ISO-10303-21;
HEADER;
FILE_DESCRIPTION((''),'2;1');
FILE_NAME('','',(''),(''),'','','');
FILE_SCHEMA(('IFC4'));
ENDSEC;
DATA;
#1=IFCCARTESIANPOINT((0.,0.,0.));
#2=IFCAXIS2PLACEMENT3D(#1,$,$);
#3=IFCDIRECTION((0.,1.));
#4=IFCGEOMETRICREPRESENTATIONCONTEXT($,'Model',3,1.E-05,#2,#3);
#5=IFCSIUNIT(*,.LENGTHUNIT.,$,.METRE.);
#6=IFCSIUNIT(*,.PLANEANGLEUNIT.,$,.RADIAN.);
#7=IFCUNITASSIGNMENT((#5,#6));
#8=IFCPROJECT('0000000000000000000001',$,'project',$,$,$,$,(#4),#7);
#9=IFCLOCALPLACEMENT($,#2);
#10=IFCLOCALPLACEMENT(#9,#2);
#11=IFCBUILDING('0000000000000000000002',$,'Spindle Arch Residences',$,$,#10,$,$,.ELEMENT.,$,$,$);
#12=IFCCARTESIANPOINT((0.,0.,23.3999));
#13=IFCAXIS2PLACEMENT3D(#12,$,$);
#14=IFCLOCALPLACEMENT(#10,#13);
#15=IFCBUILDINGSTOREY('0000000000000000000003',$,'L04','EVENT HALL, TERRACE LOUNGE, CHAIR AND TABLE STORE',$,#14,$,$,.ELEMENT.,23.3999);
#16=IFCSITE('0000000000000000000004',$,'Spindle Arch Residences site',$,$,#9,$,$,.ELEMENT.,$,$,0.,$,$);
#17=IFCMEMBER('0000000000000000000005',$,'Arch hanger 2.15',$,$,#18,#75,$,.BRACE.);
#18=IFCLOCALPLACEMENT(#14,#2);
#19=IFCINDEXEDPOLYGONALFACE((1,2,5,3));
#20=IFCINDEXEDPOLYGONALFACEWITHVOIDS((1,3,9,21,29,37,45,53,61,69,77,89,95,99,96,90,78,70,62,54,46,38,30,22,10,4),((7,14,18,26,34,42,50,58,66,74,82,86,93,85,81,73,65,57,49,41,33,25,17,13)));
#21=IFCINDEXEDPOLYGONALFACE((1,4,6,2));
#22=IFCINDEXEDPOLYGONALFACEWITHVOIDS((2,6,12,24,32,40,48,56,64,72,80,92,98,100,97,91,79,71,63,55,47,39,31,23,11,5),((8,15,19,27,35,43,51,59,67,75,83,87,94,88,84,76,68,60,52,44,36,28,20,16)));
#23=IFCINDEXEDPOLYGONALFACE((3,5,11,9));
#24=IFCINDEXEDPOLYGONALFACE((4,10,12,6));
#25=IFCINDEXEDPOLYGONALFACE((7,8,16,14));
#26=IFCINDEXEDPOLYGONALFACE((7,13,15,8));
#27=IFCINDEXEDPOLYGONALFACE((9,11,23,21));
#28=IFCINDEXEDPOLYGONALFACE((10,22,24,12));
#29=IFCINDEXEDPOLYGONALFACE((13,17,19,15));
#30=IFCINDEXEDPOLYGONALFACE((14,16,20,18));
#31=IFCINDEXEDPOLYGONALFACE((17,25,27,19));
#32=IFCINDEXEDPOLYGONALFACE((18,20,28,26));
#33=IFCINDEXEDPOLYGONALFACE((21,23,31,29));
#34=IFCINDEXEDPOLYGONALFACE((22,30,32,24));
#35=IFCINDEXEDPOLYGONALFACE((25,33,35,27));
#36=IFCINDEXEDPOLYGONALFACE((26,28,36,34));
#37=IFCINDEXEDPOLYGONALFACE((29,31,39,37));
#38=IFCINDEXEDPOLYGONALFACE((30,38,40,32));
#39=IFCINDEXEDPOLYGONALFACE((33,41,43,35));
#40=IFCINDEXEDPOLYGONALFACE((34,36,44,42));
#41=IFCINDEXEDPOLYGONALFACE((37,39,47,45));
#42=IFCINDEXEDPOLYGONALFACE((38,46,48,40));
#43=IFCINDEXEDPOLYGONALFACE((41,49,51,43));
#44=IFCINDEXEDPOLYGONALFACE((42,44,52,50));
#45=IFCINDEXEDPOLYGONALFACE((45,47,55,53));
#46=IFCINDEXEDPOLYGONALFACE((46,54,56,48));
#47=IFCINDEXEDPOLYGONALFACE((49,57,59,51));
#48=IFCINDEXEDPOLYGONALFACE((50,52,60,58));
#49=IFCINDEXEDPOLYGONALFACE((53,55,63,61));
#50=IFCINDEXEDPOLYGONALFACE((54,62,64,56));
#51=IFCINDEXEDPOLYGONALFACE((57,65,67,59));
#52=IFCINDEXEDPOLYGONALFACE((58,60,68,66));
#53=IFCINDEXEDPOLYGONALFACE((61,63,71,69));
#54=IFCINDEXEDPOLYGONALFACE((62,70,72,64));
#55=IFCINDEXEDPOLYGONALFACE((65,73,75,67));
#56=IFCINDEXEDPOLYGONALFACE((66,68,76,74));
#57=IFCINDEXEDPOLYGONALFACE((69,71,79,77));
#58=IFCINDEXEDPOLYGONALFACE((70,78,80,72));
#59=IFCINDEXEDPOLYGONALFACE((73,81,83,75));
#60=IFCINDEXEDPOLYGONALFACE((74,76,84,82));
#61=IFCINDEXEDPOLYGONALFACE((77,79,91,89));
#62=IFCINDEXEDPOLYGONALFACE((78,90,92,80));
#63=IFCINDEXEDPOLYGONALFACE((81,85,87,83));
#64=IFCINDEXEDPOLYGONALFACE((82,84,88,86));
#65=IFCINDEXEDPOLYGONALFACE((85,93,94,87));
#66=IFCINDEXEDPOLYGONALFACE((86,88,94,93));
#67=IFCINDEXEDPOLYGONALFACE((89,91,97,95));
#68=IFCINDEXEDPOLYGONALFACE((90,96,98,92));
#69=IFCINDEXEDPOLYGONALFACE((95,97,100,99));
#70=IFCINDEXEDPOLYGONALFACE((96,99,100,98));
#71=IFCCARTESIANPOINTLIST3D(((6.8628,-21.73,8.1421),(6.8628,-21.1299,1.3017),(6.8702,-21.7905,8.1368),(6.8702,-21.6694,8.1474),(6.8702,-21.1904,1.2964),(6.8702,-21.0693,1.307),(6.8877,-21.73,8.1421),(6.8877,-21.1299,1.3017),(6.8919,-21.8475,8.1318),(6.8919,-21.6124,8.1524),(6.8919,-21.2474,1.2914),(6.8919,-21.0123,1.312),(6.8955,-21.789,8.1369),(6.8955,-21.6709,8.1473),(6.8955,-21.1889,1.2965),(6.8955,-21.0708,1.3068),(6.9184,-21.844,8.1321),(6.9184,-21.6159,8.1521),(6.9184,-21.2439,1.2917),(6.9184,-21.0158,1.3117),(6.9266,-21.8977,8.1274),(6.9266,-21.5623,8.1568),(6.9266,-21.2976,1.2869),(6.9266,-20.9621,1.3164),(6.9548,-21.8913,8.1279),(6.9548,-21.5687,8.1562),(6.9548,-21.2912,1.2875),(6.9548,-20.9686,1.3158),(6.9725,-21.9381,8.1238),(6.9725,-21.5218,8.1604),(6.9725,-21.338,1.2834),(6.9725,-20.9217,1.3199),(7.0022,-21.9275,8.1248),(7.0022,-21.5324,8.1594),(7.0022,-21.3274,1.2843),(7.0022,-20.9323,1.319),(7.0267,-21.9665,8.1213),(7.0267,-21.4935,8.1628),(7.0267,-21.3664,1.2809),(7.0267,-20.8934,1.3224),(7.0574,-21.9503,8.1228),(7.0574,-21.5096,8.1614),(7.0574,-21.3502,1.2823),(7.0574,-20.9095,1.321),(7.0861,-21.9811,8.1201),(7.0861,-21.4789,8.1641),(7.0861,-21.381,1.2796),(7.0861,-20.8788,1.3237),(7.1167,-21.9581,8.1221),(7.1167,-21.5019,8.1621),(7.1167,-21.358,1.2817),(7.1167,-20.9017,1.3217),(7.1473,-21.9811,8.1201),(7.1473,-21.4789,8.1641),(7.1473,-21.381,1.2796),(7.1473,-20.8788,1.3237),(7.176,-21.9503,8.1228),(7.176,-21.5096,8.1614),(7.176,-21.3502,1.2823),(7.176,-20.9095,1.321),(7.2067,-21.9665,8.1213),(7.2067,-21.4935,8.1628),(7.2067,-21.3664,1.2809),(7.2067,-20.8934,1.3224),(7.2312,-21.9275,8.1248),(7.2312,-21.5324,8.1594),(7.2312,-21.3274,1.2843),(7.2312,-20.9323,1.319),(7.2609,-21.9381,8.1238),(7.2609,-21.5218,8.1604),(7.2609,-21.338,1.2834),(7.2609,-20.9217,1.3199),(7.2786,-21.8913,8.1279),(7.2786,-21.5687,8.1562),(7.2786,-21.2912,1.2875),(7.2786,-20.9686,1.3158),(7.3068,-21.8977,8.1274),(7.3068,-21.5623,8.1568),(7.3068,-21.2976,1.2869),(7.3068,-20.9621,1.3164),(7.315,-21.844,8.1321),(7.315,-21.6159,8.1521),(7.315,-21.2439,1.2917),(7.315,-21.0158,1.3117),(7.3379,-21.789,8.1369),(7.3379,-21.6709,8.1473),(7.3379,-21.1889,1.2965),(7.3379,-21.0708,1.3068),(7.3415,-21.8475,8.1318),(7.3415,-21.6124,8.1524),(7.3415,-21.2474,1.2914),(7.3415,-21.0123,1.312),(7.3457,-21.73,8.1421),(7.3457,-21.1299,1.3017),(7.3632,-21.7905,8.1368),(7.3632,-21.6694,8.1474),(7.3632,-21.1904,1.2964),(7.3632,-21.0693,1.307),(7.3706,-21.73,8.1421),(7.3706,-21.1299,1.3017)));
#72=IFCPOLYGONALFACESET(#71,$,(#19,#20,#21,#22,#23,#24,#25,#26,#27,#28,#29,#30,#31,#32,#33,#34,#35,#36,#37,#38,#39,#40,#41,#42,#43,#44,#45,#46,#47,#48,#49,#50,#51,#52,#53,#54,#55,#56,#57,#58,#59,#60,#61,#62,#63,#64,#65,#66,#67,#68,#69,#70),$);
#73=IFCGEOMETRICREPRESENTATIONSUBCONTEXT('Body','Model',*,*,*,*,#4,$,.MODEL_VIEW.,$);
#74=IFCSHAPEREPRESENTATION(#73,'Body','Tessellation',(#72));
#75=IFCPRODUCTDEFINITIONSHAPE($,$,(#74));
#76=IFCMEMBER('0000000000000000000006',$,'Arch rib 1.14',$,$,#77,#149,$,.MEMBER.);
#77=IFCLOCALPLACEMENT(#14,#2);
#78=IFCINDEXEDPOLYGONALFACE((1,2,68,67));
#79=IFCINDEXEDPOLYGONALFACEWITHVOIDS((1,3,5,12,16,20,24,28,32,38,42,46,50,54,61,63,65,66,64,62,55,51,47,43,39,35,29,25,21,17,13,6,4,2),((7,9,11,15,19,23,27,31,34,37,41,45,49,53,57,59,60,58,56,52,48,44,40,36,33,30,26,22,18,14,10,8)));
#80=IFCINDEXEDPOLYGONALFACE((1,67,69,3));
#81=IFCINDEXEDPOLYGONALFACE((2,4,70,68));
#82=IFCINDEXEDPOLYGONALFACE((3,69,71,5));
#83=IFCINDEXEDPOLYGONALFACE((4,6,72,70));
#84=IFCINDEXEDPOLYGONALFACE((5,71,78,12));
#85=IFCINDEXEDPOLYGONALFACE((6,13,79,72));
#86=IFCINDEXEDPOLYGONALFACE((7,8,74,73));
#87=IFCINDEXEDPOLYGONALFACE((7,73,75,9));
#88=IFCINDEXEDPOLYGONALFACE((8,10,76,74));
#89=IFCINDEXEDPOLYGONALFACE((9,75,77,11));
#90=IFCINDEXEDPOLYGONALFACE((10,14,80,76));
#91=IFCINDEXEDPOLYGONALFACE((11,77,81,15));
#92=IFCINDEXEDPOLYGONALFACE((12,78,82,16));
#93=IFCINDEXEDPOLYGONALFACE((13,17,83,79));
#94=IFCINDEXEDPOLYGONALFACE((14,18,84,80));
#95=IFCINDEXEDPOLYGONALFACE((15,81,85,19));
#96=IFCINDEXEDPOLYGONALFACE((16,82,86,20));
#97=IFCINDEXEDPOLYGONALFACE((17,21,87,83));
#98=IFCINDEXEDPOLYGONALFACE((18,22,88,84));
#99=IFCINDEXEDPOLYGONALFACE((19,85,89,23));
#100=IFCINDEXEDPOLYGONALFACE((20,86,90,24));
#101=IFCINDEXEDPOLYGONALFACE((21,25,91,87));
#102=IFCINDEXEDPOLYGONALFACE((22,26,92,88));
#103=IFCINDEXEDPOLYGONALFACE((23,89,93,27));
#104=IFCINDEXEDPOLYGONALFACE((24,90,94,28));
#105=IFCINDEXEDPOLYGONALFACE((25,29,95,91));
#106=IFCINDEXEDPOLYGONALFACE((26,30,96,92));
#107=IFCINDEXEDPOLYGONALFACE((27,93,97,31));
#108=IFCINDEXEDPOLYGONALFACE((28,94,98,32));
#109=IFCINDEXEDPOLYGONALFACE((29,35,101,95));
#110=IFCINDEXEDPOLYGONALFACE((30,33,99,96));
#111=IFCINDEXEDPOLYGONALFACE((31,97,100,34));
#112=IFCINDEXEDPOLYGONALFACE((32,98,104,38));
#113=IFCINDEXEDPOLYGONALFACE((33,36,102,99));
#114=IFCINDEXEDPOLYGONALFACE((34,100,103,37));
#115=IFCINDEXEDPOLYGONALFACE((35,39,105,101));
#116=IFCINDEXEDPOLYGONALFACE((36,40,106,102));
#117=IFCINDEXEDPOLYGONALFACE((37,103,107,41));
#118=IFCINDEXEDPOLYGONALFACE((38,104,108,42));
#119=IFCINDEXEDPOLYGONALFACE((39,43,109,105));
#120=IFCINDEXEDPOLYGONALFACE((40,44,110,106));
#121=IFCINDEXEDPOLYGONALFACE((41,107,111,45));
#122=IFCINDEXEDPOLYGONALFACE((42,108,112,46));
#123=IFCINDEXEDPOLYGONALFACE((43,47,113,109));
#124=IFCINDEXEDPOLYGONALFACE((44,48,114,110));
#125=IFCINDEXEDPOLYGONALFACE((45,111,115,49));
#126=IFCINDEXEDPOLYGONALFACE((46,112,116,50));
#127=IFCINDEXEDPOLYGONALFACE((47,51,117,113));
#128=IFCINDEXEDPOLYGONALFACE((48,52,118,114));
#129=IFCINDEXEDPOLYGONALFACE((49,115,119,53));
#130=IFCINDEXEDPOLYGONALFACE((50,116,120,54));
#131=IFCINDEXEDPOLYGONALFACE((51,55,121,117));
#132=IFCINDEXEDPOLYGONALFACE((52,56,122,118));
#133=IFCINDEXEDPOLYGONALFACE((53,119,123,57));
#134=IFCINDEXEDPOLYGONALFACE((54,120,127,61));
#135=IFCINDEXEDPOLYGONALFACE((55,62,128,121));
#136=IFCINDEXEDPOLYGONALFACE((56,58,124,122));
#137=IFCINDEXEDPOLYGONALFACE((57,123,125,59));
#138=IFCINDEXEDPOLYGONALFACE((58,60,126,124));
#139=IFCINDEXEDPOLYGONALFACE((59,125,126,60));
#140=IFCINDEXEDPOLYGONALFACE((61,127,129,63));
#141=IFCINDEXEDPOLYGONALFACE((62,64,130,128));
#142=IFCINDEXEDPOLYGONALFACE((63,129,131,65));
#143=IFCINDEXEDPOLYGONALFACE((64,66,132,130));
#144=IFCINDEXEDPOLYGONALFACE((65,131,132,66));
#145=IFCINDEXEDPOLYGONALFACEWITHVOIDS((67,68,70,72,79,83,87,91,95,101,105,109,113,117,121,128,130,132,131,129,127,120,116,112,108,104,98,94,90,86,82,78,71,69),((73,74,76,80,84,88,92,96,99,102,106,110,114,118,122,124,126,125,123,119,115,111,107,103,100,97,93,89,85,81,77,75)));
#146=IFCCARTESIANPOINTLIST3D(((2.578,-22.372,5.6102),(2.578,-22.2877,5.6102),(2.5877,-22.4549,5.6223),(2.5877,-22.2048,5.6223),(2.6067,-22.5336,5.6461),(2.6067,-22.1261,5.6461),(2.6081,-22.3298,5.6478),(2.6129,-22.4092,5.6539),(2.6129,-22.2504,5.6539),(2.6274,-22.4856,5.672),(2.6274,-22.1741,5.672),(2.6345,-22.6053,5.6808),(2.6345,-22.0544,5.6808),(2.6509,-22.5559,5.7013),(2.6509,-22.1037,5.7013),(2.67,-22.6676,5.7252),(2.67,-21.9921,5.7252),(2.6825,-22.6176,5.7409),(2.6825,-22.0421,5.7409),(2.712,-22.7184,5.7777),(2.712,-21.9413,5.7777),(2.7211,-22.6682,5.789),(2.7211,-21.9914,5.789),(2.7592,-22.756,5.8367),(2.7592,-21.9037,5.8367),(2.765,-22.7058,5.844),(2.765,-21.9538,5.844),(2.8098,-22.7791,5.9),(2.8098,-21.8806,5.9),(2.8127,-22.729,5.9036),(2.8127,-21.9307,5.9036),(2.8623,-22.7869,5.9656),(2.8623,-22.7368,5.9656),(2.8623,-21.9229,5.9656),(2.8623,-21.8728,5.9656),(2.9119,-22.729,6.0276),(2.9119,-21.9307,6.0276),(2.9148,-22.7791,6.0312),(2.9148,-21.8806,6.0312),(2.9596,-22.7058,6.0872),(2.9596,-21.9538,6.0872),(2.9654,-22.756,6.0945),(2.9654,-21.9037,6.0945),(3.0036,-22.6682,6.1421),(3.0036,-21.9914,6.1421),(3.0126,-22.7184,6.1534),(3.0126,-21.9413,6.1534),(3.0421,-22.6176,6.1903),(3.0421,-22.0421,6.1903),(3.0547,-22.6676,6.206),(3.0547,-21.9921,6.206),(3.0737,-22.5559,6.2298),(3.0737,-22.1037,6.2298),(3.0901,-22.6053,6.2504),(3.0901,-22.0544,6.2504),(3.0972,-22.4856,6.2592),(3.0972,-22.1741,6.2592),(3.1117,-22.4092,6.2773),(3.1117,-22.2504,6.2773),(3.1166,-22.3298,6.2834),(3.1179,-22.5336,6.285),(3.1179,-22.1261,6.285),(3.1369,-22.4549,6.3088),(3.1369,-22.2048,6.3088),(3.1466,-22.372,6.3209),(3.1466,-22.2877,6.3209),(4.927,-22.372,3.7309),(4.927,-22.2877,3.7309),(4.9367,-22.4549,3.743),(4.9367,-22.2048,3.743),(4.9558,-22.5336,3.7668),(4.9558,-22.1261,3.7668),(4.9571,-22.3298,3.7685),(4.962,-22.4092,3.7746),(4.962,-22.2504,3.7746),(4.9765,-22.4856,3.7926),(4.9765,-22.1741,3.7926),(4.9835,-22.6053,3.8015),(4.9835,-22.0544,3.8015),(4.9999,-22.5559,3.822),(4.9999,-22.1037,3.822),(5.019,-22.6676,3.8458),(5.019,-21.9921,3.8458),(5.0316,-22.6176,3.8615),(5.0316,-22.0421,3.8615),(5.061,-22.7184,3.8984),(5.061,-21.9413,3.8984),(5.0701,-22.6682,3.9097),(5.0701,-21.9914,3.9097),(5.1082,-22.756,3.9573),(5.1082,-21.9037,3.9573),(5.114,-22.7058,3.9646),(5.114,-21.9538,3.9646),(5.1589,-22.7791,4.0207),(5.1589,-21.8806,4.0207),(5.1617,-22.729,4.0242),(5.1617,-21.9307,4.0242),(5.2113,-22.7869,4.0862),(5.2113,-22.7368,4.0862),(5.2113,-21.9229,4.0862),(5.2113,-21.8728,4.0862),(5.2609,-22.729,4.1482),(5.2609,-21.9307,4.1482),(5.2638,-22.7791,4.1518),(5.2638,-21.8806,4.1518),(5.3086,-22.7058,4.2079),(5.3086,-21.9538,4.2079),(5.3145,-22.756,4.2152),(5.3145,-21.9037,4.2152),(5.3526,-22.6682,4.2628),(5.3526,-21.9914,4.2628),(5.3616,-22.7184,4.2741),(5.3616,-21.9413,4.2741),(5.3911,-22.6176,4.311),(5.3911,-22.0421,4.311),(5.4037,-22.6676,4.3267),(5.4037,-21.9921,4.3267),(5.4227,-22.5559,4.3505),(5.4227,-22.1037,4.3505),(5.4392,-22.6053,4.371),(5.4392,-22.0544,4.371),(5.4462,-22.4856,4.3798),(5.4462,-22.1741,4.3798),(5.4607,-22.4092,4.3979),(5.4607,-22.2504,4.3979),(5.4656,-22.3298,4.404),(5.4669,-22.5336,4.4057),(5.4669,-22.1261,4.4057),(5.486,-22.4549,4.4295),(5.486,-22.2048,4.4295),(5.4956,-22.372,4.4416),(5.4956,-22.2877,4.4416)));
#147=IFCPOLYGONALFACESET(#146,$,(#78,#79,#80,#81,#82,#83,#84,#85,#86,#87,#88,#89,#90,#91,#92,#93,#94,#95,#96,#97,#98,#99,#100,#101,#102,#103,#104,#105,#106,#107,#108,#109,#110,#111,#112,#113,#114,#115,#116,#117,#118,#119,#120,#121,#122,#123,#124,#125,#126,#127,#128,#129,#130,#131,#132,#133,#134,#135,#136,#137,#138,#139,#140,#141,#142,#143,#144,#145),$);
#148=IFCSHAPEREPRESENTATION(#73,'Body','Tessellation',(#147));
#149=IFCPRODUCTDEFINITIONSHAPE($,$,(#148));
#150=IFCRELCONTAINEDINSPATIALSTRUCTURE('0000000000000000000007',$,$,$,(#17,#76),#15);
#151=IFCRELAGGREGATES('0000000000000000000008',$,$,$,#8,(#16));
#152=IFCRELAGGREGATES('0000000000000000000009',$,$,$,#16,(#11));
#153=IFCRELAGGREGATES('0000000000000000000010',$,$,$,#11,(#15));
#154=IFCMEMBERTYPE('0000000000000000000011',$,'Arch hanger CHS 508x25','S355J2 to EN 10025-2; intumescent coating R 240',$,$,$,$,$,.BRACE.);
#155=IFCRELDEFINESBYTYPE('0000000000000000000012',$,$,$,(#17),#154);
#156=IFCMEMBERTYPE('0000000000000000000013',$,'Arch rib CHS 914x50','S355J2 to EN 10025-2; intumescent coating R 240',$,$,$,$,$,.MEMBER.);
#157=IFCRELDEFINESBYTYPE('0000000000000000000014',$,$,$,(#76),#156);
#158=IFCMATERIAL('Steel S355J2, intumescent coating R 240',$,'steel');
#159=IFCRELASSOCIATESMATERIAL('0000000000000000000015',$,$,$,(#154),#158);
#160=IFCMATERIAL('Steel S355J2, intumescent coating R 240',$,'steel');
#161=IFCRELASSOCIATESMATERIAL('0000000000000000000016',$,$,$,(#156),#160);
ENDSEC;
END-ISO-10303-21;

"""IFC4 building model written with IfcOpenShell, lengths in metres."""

from ifc_helpers import new_model, si_unit, direction, frame, origin, origin_2d, place, context, subcontext, project, spatial, hollow_circle, extrude, material, material_profile, profile_set, type_object, element, save


model = new_model("IFC4")

# Units and contexts
model_context = context("Model", 3, precision=1e-05, world=origin(), true_north=direction((0.0, 1.0)))
body_context = subcontext(model_context, "Body", "Model", "MODEL_VIEW")
ifc_project = project(units=[si_unit("LENGTHUNIT", "METRE"), si_unit("PLANEANGLEUNIT", "RADIAN")], contexts=[model_context])

# Site, building, storey
site_placement = place(None, origin())
site = spatial("IfcSite", under=ifc_project, at=site_placement, Name="Spindle Arch Residences site", CompositionType="ELEMENT", RefElevation=0.0)
building_placement = place(site_placement, origin())
building = spatial("IfcBuilding", under=site, at=building_placement, Name="Spindle Arch Residences", CompositionType="ELEMENT")
storey_placement = place(building_placement, frame((0.0, 0.0, 23.3999)))
storey = spatial("IfcBuildingStorey", under=building, at=storey_placement, Name="L04", Description="EVENT HALL, TERRACE LOUNGE, CHAIR AND TABLE STORE", CompositionType="ELEMENT", Elevation=23.3999)

# Members
ifc_material_1 = material(Name="Steel S355J2, intumescent coating R 240", Category="steel")
ifc_material_profile_1 = material_profile(ifc_material_1, hollow_circle(Radius=0.2539, WallThickness=0.0249, at=origin_2d()), Name="CHS 508x25")
ifc_profile_set_1 = profile_set([ifc_material_profile_1], Name="Steel S355J2, intumescent coating R 240")
member_type_1 = type_object("IfcMemberType", Name="Arch hanger CHS 508x25", Description="S355J2 to EN 10025-2; intumescent coating R 240", PredefinedType="BRACE", material=ifc_profile_set_1)
member_1_placement = place(storey_placement, frame((7.1167, -21.73, 8.1421), z_axis=(0.0, 0.087394, -0.996174), x_axis=(-1.0, 0.0, 0.0)))
element("IfcMember", 1, at=member_1_placement, inside=storey, type_object=member_type_1, Name="Arch hanger 2.15", PredefinedType="BRACE", context=body_context, shape_type="SweptSolid", body=[
    extrude(hollow_circle(Radius=0.2539, WallThickness=0.0249, at=origin_2d()), origin(), (0.0, 0.0, 1.0), 6.8667),
])
ifc_material_2 = material(Name="Steel S355J2, intumescent coating R 240", Category="steel")
ifc_material_profile_2 = material_profile(ifc_material_2, hollow_circle(Radius=0.457, WallThickness=0.05, at=origin_2d()), Name="CHS 914x50")
ifc_profile_set_2 = profile_set([ifc_material_profile_2], Name="Steel S355J2, intumescent coating R 240")
member_type_2 = type_object("IfcMemberType", Name="Arch rib CHS 914x50", Description="S355J2 to EN 10025-2; intumescent coating R 240", PredefinedType="MEMBER", material=ifc_profile_set_2)
member_2_placement = place(storey_placement, frame((2.8623, -22.3298, 5.9656), z_axis=(0.780853, 0.0, -0.624715), x_axis=(0.0, 1.0, 0.0)))
element("IfcMember", 2, at=member_2_placement, inside=storey, type_object=member_type_2, Name="Arch rib 1.14", PredefinedType="MEMBER", context=body_context, shape_type="SweptSolid", body=[
    extrude(hollow_circle(Radius=0.457, WallThickness=0.05, at=origin_2d()), origin(), (0.0, 0.0, 1.0), 3.0083),
])

save(model, "model.ifc")
